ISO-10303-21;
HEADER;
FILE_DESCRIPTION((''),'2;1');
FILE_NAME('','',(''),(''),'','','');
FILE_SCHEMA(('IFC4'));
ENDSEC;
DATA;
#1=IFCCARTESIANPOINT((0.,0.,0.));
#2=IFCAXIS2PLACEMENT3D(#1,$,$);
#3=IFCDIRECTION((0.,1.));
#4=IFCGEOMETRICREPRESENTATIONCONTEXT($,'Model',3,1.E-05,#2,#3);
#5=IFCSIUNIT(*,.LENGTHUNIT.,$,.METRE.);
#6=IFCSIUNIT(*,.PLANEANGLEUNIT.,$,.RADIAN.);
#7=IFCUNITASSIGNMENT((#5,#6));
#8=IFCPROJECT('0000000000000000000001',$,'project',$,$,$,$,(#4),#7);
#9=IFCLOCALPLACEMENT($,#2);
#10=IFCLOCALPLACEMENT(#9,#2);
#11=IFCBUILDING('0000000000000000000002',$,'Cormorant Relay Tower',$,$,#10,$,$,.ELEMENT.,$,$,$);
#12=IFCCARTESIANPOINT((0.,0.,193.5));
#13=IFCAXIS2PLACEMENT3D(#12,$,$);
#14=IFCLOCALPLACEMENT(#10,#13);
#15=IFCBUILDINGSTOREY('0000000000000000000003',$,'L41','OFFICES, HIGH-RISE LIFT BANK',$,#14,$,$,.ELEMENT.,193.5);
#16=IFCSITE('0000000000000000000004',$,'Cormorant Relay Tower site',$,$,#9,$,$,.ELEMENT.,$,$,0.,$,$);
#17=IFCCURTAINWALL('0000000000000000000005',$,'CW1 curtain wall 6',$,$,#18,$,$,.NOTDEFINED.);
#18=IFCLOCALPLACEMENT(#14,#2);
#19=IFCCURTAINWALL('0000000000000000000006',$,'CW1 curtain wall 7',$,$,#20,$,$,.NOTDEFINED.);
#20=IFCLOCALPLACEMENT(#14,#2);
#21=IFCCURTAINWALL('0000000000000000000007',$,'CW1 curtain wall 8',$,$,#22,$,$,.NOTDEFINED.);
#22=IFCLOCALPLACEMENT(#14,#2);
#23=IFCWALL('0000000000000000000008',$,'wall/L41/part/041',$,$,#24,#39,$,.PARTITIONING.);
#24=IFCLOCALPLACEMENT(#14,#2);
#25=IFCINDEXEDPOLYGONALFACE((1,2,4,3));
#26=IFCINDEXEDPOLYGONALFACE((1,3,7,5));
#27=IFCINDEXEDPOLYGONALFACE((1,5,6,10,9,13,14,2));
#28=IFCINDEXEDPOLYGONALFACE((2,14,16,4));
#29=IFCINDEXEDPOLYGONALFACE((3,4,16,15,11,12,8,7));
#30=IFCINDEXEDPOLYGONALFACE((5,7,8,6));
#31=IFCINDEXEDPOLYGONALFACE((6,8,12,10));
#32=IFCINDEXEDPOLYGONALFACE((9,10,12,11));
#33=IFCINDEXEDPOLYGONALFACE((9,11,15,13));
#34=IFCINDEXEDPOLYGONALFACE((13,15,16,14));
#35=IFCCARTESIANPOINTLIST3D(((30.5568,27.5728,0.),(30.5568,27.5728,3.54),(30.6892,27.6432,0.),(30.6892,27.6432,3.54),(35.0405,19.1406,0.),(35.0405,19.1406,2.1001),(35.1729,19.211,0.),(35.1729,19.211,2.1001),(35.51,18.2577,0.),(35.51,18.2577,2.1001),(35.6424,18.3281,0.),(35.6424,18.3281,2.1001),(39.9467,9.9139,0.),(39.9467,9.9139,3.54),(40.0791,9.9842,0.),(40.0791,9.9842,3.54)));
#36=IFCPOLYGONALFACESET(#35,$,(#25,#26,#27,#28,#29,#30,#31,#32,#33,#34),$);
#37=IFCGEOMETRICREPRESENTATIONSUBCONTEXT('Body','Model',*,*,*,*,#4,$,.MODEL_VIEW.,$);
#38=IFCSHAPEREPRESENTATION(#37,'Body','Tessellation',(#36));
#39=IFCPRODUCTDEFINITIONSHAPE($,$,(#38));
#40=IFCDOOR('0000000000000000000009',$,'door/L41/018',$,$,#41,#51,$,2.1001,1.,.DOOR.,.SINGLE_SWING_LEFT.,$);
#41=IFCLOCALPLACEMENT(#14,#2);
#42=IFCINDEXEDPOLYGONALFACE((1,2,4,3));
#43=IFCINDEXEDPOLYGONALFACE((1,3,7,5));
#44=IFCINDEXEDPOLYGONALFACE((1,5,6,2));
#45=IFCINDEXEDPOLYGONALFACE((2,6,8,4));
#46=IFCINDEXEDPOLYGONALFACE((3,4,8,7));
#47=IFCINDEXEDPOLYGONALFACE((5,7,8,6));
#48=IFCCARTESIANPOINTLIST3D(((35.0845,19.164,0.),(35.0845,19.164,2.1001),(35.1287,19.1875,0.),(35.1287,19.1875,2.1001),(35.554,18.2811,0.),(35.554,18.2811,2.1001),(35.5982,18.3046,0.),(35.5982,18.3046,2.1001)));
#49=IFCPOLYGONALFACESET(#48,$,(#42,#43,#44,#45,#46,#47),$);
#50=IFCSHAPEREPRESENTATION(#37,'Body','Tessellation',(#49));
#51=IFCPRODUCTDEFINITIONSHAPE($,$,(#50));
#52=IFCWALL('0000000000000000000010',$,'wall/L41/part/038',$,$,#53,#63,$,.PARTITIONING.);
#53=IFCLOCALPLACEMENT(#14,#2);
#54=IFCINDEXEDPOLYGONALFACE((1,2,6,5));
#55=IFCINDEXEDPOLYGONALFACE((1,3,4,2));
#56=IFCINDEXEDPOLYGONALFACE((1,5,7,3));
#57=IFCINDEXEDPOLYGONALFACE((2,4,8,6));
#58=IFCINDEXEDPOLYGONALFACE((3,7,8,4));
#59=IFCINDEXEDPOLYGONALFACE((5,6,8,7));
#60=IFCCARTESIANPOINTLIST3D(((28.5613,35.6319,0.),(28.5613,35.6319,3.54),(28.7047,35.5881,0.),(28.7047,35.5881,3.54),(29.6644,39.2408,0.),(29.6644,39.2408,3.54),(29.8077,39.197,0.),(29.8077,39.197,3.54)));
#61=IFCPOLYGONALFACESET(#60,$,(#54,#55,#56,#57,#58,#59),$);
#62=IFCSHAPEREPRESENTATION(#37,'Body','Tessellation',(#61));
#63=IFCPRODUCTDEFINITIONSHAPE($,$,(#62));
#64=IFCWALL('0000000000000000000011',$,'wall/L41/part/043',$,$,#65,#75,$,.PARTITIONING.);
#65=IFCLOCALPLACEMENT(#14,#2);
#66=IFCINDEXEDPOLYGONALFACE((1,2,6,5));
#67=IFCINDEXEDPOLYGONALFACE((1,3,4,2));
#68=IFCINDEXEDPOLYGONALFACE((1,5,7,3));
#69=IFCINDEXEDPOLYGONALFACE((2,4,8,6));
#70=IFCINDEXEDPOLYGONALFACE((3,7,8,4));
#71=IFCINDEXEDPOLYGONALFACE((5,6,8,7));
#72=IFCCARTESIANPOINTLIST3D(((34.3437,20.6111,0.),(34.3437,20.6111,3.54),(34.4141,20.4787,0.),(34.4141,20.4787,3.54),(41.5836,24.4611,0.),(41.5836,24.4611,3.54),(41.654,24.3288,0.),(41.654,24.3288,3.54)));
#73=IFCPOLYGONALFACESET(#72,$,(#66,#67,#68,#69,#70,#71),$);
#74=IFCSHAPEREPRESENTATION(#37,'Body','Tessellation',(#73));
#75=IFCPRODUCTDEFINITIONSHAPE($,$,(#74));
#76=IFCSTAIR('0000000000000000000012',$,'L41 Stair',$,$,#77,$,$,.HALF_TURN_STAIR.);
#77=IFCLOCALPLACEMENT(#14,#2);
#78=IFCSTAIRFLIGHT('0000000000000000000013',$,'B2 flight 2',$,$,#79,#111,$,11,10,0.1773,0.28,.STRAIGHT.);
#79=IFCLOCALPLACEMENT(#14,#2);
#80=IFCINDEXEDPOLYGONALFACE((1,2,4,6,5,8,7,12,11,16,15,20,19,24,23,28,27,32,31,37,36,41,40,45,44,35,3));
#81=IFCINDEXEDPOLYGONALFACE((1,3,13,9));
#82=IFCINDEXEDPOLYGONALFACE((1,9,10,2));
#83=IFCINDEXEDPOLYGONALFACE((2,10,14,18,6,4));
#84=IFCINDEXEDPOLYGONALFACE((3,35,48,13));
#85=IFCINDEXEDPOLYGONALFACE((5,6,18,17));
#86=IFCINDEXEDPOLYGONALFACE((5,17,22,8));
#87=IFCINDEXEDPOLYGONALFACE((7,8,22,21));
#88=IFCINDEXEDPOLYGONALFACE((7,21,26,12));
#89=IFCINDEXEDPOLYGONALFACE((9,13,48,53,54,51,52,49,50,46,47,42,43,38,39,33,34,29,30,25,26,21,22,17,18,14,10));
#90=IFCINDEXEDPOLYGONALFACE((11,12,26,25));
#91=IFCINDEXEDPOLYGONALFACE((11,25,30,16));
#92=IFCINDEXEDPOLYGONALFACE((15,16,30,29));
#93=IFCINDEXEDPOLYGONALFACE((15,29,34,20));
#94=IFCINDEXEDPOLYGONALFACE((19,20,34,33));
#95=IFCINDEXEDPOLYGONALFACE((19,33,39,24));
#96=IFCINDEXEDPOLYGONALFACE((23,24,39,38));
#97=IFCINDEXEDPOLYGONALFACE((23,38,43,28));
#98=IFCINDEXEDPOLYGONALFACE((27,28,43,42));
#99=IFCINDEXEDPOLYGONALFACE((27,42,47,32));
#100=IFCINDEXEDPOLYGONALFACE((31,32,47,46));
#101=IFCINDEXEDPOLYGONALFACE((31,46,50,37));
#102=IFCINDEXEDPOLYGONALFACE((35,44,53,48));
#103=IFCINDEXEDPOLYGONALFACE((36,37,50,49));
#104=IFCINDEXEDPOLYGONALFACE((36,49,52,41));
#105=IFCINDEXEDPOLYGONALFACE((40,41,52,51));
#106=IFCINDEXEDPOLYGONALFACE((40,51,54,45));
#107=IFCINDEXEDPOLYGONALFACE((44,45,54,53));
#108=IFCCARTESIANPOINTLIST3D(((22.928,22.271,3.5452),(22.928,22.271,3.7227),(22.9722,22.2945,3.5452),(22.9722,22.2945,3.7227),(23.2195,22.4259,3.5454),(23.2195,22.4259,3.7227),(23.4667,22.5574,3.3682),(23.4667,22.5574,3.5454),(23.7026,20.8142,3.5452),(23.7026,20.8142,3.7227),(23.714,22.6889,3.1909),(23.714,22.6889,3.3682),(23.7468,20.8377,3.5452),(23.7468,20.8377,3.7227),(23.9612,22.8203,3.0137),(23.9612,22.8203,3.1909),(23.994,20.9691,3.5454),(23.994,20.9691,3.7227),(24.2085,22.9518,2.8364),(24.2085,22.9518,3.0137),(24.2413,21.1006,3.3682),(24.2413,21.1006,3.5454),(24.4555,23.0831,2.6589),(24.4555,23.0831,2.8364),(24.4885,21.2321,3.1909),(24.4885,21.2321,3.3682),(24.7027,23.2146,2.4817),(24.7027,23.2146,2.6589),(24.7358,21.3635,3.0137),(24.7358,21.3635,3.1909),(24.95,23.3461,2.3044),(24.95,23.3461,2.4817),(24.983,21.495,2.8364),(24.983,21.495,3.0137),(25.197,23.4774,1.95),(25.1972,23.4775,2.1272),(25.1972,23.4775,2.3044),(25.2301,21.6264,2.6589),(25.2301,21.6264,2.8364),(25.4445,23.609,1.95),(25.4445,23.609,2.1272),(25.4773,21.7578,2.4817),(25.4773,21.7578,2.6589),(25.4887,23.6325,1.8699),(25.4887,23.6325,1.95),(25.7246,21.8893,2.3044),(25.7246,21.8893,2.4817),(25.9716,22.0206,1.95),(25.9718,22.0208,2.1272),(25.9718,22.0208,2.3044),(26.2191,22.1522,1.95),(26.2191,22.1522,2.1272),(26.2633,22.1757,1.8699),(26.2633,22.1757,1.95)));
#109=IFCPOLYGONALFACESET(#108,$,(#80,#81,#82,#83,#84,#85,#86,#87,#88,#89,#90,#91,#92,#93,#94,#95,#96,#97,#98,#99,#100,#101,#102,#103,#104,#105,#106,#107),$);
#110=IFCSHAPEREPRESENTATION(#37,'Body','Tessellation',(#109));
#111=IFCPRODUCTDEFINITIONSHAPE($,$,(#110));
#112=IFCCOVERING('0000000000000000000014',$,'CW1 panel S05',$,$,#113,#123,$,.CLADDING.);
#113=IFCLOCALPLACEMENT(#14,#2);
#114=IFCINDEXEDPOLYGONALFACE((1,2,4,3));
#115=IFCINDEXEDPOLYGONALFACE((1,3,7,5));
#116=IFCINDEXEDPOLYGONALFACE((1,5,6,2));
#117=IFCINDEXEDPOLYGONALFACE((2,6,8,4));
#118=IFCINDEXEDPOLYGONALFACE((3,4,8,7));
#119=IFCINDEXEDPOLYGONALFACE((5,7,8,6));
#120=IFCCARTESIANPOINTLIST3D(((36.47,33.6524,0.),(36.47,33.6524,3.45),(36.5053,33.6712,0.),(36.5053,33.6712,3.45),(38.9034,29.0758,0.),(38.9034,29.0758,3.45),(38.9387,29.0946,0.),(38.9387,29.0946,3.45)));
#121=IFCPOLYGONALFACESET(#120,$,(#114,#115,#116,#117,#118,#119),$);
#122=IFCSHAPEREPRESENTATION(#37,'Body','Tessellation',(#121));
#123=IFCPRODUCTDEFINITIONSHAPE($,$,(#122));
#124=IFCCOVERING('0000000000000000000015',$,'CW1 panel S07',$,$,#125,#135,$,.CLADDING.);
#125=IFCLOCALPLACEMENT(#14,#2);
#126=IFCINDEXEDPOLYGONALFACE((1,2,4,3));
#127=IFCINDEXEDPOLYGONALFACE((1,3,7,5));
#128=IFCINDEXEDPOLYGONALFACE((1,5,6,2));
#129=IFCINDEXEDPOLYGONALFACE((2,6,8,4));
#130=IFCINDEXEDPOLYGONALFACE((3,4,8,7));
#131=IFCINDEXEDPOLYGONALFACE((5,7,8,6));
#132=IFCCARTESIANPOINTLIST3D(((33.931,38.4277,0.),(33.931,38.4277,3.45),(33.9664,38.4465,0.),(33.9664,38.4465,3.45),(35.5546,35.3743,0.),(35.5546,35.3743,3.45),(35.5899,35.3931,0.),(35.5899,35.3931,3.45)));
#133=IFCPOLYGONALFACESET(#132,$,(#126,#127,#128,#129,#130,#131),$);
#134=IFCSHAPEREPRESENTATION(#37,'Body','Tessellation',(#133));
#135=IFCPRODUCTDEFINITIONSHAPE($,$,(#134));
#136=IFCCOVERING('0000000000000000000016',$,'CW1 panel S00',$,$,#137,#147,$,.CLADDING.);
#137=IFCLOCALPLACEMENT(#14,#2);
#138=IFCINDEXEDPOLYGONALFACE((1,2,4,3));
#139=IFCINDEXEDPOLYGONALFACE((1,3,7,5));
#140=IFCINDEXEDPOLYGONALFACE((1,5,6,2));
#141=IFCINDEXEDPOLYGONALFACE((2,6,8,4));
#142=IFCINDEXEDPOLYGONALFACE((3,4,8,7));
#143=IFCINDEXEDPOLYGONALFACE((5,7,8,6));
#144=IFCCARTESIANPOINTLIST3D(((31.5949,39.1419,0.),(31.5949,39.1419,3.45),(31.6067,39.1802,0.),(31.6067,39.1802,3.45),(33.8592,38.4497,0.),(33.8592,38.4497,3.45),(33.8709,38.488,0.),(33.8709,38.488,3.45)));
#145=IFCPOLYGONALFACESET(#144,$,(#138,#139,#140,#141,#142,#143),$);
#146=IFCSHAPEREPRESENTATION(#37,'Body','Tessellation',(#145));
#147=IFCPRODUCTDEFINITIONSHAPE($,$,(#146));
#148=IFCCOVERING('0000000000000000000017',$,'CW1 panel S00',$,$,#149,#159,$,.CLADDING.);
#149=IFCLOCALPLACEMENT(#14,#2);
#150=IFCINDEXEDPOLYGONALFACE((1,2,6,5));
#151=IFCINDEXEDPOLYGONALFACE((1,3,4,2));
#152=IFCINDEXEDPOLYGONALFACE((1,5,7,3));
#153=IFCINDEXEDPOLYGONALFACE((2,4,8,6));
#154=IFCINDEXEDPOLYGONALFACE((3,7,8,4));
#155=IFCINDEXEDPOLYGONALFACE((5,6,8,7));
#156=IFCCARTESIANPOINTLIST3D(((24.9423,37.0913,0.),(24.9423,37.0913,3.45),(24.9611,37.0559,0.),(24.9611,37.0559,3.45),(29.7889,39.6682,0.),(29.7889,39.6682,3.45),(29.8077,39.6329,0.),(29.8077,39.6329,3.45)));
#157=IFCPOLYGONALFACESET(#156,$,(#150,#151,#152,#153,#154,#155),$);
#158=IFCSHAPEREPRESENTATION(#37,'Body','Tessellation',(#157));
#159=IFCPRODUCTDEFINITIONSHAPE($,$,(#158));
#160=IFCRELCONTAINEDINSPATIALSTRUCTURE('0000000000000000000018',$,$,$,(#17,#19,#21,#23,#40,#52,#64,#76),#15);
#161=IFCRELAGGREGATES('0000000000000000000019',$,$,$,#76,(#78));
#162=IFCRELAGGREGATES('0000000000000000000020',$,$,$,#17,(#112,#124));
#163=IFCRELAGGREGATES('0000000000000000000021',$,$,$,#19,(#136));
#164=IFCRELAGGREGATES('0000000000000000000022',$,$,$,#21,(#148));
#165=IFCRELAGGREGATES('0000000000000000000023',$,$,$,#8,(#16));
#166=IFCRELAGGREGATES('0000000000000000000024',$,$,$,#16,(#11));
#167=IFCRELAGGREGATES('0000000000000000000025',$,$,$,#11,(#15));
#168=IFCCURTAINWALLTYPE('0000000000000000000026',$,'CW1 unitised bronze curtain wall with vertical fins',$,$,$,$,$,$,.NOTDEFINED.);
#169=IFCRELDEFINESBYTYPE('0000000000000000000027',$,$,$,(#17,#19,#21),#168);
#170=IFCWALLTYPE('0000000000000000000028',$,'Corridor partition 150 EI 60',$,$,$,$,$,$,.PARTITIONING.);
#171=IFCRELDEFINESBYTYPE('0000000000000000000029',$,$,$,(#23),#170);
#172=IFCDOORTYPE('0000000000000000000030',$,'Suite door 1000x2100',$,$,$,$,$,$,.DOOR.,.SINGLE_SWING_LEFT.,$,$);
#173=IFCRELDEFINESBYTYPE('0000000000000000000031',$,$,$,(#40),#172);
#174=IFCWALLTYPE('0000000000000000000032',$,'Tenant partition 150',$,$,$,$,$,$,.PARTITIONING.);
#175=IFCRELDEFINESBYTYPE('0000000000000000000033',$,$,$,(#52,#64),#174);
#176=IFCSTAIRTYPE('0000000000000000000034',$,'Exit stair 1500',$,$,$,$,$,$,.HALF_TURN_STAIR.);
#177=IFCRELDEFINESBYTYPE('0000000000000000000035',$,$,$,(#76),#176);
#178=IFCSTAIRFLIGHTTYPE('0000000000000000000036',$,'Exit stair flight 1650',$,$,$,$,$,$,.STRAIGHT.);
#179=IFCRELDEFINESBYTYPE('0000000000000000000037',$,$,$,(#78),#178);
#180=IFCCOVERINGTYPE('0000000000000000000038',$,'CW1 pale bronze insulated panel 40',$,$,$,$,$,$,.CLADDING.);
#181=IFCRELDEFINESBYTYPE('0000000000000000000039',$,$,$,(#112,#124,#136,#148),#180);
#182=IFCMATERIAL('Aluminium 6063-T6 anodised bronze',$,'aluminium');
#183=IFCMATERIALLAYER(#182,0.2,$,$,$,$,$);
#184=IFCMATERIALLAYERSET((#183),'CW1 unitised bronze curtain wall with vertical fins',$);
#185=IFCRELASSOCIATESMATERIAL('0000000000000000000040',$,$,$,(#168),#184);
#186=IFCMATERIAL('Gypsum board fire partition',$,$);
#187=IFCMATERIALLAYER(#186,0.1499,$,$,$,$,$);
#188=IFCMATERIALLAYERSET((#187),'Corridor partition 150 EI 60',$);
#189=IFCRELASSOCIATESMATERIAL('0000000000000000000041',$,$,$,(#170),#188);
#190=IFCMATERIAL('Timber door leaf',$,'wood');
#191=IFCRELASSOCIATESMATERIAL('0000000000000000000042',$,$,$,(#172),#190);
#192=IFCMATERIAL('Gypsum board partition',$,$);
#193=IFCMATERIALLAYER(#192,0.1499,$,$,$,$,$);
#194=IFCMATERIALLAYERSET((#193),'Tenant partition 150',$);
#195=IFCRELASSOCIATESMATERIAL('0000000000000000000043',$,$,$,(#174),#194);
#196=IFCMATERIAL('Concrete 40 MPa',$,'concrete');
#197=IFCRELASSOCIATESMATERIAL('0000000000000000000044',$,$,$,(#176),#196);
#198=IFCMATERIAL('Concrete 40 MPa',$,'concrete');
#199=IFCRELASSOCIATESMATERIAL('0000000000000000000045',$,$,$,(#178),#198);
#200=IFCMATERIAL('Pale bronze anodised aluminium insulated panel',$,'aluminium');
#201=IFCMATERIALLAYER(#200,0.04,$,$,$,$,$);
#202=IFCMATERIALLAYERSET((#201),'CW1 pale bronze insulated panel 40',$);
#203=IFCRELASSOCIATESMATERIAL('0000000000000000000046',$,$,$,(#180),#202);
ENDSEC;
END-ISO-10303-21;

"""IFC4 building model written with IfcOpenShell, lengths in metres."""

from ifc_helpers import new_model, si_unit, direction, frame, frame_2d, origin, origin_2d, place, context, subcontext, project, spatial, polyline, rectangle, outline, extrude, material, layer, layer_set, type_object, element, fill, aggregate, save


model = new_model("IFC4")

# Units and contexts
model_context = context("Model", 3, precision=1e-05, world=origin(), true_north=direction((0.0, 1.0)))
body_context = subcontext(model_context, "Body", "Model", "MODEL_VIEW")
ifc_project = project(units=[si_unit("LENGTHUNIT", "METRE"), si_unit("PLANEANGLEUNIT", "RADIAN")], contexts=[model_context])

# Site, building, storey
site_placement = place(None, origin())
site = spatial("IfcSite", under=ifc_project, at=site_placement, Name="Cormorant Relay Tower site", CompositionType="ELEMENT", RefElevation=0.0)
building_placement = place(site_placement, origin())
building = spatial("IfcBuilding", under=site, at=building_placement, Name="Cormorant Relay Tower", CompositionType="ELEMENT")
storey_placement = place(building_placement, frame((0.0, 0.0, 193.5)))
storey = spatial("IfcBuildingStorey", under=building, at=storey_placement, Name="L41", Description="OFFICES, HIGH-RISE LIFT BANK", CompositionType="ELEMENT", Elevation=193.5)

# Curtain wall
ifc_material_1 = material(Name="Aluminium 6063-T6 anodised bronze", Category="aluminium")
ifc_layer_1 = layer(ifc_material_1, 0.2)
ifc_layer_set_1 = layer_set([ifc_layer_1], Name="CW1 unitised bronze curtain wall with vertical fins")
curtain_wall_type = type_object("IfcCurtainWallType", Name="CW1 unitised bronze curtain wall with vertical fins", PredefinedType="NOTDEFINED", material=ifc_layer_set_1)
curtain_wall_1_placement = place(storey_placement, origin())
curtain_wall_1 = element("IfcCurtainWall", 1, at=curtain_wall_1_placement, inside=storey, type_object=curtain_wall_type, Name="CW1 curtain wall 6", PredefinedType="NOTDEFINED")

# Curtain walls
curtain_wall_2_placement = place(storey_placement, origin())
curtain_wall_2 = element("IfcCurtainWall", 2, at=curtain_wall_2_placement, inside=storey, type_object=curtain_wall_type, Name="CW1 curtain wall 7", PredefinedType="NOTDEFINED")
curtain_wall_3_placement = place(storey_placement, origin())
curtain_wall_3 = element("IfcCurtainWall", 3, at=curtain_wall_3_placement, inside=storey, type_object=curtain_wall_type, Name="CW1 curtain wall 8", PredefinedType="NOTDEFINED")

# Wall, opening, door
ifc_material_2 = material(Name="Gypsum board fire partition")
ifc_layer_2 = layer(ifc_material_2, 0.1499)
ifc_layer_set_2 = layer_set([ifc_layer_2], Name="Corridor partition 150 EI 60")
wall_type_1 = type_object("IfcWallType", Name="Corridor partition 150 EI 60", PredefinedType="PARTITIONING", material=ifc_layer_set_2)
ifc_material_3 = material(Name="Timber door leaf", Category="wood")
door_type = type_object("IfcDoorType", Name="Suite door 1000x2100", OperationType="SINGLE_SWING_LEFT", PredefinedType="DOOR", material=ifc_material_3)
wall_1_placement = place(storey_placement, frame((30.623, 27.6079, 0.0), z_axis=(0.0, 0.0, 1.0), x_axis=(0.46949, -0.882938, 0.0)))
wall_1 = element("IfcWall", 4, at=wall_1_placement, inside=storey, type_object=wall_type_1, Name="wall/L41/part/041", PredefinedType="PARTITIONING", context=body_context, shape_type="SweptSolid", body=[
    extrude(rectangle(XDim=20.0002, YDim=0.1499, at=frame_2d((10.0, 0.0))), origin(), (0.0, 0.0, 1.0), 3.54),
])
opening_1_placement = place(wall_1_placement, frame((9.55, 0.0, 0.0)))
opening_1 = element("IfcOpeningElement", 5, at=opening_1_placement, cuts=wall_1, PredefinedType="OPENING", context=body_context, shape_type="SweptSolid", body=[
    extrude(rectangle(XDim=1.0, YDim=2.1001, at=frame_2d((0.5, 1.05))), frame((0.0, 0.085, 0.0), z_axis=(0.0, -1.0, 0.0), x_axis=(1.0, 0.0, 0.0)), (0.0, 0.0, 1.0), 0.1699),
])
door_1_placement = place(opening_1_placement, origin())
door_1 = element("IfcDoor", 6, at=door_1_placement, inside=storey, type_object=door_type, Name="door/L41/018", OperationType="SINGLE_SWING_LEFT", OverallHeight=2.1001, OverallWidth=1.0, PredefinedType="DOOR", context=body_context, shape_type="SweptSolid", body=[
    extrude(rectangle(XDim=1.0, YDim=2.1001, at=frame_2d((0.5, 1.05))), frame((0.0, 0.0249, 0.0), z_axis=(0.0, -1.0, 0.0), x_axis=(1.0, 0.0, 0.0)), (0.0, 0.0, 1.0), 0.05),
])
fill(opening_1, door_1)

# Walls
ifc_material_4 = material(Name="Gypsum board partition")
ifc_layer_3 = layer(ifc_material_4, 0.1499)
ifc_layer_set_3 = layer_set([ifc_layer_3], Name="Tenant partition 150")
wall_type_2 = type_object("IfcWallType", Name="Tenant partition 150", PredefinedType="PARTITIONING", material=ifc_layer_set_3)
wall_2_placement = place(storey_placement, frame((28.6331, 35.6101, 0.0), z_axis=(0.0, 0.0, 1.0), x_axis=(0.292294, 0.956328, 0.0)))
element("IfcWall", 7, at=wall_2_placement, inside=storey, type_object=wall_type_2, Name="wall/L41/part/038", PredefinedType="PARTITIONING", context=body_context, shape_type="SweptSolid", body=[
    extrude(rectangle(XDim=3.7737, YDim=0.1499, at=frame_2d((1.8867, 0.0))), origin(), (0.0, 0.0, 1.0), 3.54),
])
wall_3_placement = place(storey_placement, frame((41.6189, 24.395, 0.0), z_axis=(0.0, 0.0, 1.0), x_axis=(-0.882921, -0.469522, 0.0)))
element("IfcWall", 8, at=wall_3_placement, inside=storey, type_object=wall_type_2, Name="wall/L41/part/043", PredefinedType="PARTITIONING", context=body_context, shape_type="SweptSolid", body=[
    extrude(rectangle(XDim=8.2, YDim=0.1499, at=frame_2d((4.1001, 0.0))), origin(), (0.0, 0.0, 1.0), 3.54),
])

# Stair, stair flight
ifc_material_5 = material(Name="Concrete 40 MPa", Category="concrete")
stair_type = type_object("IfcStairType", Name="Exit stair 1500", PredefinedType="HALF_TURN_STAIR", material=ifc_material_5)
stair_placement = place(storey_placement, origin())
stair = element("IfcStair", 9, at=stair_placement, inside=storey, type_object=stair_type, Name="L41 Stair", PredefinedType="HALF_TURN_STAIR")
ifc_material_6 = material(Name="Concrete 40 MPa", Category="concrete")
stair_flight_type = type_object("IfcStairFlightType", Name="Exit stair flight 1650", PredefinedType="STRAIGHT", material=ifc_material_6)
stair_flight_placement = place(storey_placement, frame((25.8318, 22.8806, 1.95), z_axis=(0.0, 0.0, 1.0), x_axis=(-0.882948, -0.469472, 0.0)))
stair_flight = element("IfcStairFlight", 10, at=stair_flight_placement, type_object=stair_flight_type, Name="B2 flight 2", NumberOfRisers=11, NumberOfTreads=10, PredefinedType="STRAIGHT", RiserHeight=0.1773, TreadLength=0.28, context=body_context, shape_type="SweptSolid", body=[
    extrude(outline(polyline([(-0.05, -0.0801), (-0.05, 0.0), (0.0, 0.0), (0.0, 0.1772), (0.28, 0.1772), (0.28, 0.3545), (0.5601, 0.3545), (0.5601, 0.5317), (0.8401, 0.5317), (0.8401, 0.709), (1.1201, 0.709), (1.1201, 0.8865), (1.3999, 0.8865), (1.3999, 1.0637), (1.6799, 1.0637), (1.6799, 1.241), (1.96, 1.241), (1.96, 1.4182), (2.24, 1.4182), (2.24, 1.5955), (2.52, 1.5955), (2.52, 1.7727), (2.8, 1.7727), (2.8501, 1.7727), (2.8501, 1.5952), (2.8, 1.5952), (0.2803, 0.0), (-0.05, -0.0801)])), frame((0.0, 0.825, 0.0), z_axis=(0.0, -1.0, 0.0), x_axis=(1.0, 0.0, 0.0)), (0.0, 0.0, 1.0), 1.6499),
])
aggregate(stair, [stair_flight])

# Coverings
ifc_material_7 = material(Name="Pale bronze anodised aluminium insulated panel", Category="aluminium")
ifc_layer_4 = layer(ifc_material_7, 0.04)
ifc_layer_set_4 = layer_set([ifc_layer_4], Name="CW1 pale bronze insulated panel 40")
covering_type = type_object("IfcCoveringType", Name="CW1 pale bronze insulated panel 40", PredefinedType="CLADDING", material=ifc_layer_set_4)
covering_1_placement = place(storey_placement, frame((37.7043, 31.3735, 0.0), z_axis=(0.0, 0.0, 1.0), x_axis=(-0.469472, 0.882948, 0.0)))
covering_1 = element("IfcCovering", 11, at=covering_1_placement, type_object=covering_type, Name="CW1 panel S05", PredefinedType="CLADDING", context=body_context, shape_type="SweptSolid", body=[
    extrude(rectangle(XDim=5.1833, YDim=0.04, at=origin_2d()), origin(), (0.0, 0.0, 1.0), 3.45),
])
covering_2_placement = place(storey_placement, frame((34.7605, 36.9104, 0.0), z_axis=(0.0, 0.0, 1.0), x_axis=(-0.469472, 0.882948, 0.0)))
covering_2 = element("IfcCovering", 12, at=covering_2_placement, type_object=covering_type, Name="CW1 panel S07", PredefinedType="CLADDING", context=body_context, shape_type="SweptSolid", body=[
    extrude(rectangle(XDim=3.4583, YDim=0.04, at=origin_2d()), origin(), (0.0, 0.0, 1.0), 3.45),
])
aggregate(curtain_wall_1, [covering_1, covering_2])
covering_3_placement = place(storey_placement, frame((32.7329, 38.8149, 0.0), z_axis=(0.0, 0.0, 1.0), x_axis=(-0.956305, 0.292372, 0.0)))
covering_3 = element("IfcCovering", 13, at=covering_3_placement, type_object=covering_type, Name="CW1 panel S00", PredefinedType="CLADDING", context=body_context, shape_type="SweptSolid", body=[
    extrude(rectangle(XDim=2.3677, YDim=0.04, at=origin_2d()), origin(), (0.0, 0.0, 1.0), 3.45),
])
aggregate(curtain_wall_2, [covering_3])
covering_4_placement = place(storey_placement, frame((27.375, 38.3621, 0.0), z_axis=(0.0, 0.0, 1.0), x_axis=(-0.882948, -0.469472, 0.0)))
covering_4 = element("IfcCovering", 14, at=covering_4_placement, type_object=covering_type, Name="CW1 panel S00", PredefinedType="CLADDING", context=body_context, shape_type="SweptSolid", body=[
    extrude(rectangle(XDim=5.489, YDim=0.04, at=origin_2d()), origin(), (0.0, 0.0, 1.0), 3.45),
])
aggregate(curtain_wall_3, [covering_4])

save(model, "model.ifc")
